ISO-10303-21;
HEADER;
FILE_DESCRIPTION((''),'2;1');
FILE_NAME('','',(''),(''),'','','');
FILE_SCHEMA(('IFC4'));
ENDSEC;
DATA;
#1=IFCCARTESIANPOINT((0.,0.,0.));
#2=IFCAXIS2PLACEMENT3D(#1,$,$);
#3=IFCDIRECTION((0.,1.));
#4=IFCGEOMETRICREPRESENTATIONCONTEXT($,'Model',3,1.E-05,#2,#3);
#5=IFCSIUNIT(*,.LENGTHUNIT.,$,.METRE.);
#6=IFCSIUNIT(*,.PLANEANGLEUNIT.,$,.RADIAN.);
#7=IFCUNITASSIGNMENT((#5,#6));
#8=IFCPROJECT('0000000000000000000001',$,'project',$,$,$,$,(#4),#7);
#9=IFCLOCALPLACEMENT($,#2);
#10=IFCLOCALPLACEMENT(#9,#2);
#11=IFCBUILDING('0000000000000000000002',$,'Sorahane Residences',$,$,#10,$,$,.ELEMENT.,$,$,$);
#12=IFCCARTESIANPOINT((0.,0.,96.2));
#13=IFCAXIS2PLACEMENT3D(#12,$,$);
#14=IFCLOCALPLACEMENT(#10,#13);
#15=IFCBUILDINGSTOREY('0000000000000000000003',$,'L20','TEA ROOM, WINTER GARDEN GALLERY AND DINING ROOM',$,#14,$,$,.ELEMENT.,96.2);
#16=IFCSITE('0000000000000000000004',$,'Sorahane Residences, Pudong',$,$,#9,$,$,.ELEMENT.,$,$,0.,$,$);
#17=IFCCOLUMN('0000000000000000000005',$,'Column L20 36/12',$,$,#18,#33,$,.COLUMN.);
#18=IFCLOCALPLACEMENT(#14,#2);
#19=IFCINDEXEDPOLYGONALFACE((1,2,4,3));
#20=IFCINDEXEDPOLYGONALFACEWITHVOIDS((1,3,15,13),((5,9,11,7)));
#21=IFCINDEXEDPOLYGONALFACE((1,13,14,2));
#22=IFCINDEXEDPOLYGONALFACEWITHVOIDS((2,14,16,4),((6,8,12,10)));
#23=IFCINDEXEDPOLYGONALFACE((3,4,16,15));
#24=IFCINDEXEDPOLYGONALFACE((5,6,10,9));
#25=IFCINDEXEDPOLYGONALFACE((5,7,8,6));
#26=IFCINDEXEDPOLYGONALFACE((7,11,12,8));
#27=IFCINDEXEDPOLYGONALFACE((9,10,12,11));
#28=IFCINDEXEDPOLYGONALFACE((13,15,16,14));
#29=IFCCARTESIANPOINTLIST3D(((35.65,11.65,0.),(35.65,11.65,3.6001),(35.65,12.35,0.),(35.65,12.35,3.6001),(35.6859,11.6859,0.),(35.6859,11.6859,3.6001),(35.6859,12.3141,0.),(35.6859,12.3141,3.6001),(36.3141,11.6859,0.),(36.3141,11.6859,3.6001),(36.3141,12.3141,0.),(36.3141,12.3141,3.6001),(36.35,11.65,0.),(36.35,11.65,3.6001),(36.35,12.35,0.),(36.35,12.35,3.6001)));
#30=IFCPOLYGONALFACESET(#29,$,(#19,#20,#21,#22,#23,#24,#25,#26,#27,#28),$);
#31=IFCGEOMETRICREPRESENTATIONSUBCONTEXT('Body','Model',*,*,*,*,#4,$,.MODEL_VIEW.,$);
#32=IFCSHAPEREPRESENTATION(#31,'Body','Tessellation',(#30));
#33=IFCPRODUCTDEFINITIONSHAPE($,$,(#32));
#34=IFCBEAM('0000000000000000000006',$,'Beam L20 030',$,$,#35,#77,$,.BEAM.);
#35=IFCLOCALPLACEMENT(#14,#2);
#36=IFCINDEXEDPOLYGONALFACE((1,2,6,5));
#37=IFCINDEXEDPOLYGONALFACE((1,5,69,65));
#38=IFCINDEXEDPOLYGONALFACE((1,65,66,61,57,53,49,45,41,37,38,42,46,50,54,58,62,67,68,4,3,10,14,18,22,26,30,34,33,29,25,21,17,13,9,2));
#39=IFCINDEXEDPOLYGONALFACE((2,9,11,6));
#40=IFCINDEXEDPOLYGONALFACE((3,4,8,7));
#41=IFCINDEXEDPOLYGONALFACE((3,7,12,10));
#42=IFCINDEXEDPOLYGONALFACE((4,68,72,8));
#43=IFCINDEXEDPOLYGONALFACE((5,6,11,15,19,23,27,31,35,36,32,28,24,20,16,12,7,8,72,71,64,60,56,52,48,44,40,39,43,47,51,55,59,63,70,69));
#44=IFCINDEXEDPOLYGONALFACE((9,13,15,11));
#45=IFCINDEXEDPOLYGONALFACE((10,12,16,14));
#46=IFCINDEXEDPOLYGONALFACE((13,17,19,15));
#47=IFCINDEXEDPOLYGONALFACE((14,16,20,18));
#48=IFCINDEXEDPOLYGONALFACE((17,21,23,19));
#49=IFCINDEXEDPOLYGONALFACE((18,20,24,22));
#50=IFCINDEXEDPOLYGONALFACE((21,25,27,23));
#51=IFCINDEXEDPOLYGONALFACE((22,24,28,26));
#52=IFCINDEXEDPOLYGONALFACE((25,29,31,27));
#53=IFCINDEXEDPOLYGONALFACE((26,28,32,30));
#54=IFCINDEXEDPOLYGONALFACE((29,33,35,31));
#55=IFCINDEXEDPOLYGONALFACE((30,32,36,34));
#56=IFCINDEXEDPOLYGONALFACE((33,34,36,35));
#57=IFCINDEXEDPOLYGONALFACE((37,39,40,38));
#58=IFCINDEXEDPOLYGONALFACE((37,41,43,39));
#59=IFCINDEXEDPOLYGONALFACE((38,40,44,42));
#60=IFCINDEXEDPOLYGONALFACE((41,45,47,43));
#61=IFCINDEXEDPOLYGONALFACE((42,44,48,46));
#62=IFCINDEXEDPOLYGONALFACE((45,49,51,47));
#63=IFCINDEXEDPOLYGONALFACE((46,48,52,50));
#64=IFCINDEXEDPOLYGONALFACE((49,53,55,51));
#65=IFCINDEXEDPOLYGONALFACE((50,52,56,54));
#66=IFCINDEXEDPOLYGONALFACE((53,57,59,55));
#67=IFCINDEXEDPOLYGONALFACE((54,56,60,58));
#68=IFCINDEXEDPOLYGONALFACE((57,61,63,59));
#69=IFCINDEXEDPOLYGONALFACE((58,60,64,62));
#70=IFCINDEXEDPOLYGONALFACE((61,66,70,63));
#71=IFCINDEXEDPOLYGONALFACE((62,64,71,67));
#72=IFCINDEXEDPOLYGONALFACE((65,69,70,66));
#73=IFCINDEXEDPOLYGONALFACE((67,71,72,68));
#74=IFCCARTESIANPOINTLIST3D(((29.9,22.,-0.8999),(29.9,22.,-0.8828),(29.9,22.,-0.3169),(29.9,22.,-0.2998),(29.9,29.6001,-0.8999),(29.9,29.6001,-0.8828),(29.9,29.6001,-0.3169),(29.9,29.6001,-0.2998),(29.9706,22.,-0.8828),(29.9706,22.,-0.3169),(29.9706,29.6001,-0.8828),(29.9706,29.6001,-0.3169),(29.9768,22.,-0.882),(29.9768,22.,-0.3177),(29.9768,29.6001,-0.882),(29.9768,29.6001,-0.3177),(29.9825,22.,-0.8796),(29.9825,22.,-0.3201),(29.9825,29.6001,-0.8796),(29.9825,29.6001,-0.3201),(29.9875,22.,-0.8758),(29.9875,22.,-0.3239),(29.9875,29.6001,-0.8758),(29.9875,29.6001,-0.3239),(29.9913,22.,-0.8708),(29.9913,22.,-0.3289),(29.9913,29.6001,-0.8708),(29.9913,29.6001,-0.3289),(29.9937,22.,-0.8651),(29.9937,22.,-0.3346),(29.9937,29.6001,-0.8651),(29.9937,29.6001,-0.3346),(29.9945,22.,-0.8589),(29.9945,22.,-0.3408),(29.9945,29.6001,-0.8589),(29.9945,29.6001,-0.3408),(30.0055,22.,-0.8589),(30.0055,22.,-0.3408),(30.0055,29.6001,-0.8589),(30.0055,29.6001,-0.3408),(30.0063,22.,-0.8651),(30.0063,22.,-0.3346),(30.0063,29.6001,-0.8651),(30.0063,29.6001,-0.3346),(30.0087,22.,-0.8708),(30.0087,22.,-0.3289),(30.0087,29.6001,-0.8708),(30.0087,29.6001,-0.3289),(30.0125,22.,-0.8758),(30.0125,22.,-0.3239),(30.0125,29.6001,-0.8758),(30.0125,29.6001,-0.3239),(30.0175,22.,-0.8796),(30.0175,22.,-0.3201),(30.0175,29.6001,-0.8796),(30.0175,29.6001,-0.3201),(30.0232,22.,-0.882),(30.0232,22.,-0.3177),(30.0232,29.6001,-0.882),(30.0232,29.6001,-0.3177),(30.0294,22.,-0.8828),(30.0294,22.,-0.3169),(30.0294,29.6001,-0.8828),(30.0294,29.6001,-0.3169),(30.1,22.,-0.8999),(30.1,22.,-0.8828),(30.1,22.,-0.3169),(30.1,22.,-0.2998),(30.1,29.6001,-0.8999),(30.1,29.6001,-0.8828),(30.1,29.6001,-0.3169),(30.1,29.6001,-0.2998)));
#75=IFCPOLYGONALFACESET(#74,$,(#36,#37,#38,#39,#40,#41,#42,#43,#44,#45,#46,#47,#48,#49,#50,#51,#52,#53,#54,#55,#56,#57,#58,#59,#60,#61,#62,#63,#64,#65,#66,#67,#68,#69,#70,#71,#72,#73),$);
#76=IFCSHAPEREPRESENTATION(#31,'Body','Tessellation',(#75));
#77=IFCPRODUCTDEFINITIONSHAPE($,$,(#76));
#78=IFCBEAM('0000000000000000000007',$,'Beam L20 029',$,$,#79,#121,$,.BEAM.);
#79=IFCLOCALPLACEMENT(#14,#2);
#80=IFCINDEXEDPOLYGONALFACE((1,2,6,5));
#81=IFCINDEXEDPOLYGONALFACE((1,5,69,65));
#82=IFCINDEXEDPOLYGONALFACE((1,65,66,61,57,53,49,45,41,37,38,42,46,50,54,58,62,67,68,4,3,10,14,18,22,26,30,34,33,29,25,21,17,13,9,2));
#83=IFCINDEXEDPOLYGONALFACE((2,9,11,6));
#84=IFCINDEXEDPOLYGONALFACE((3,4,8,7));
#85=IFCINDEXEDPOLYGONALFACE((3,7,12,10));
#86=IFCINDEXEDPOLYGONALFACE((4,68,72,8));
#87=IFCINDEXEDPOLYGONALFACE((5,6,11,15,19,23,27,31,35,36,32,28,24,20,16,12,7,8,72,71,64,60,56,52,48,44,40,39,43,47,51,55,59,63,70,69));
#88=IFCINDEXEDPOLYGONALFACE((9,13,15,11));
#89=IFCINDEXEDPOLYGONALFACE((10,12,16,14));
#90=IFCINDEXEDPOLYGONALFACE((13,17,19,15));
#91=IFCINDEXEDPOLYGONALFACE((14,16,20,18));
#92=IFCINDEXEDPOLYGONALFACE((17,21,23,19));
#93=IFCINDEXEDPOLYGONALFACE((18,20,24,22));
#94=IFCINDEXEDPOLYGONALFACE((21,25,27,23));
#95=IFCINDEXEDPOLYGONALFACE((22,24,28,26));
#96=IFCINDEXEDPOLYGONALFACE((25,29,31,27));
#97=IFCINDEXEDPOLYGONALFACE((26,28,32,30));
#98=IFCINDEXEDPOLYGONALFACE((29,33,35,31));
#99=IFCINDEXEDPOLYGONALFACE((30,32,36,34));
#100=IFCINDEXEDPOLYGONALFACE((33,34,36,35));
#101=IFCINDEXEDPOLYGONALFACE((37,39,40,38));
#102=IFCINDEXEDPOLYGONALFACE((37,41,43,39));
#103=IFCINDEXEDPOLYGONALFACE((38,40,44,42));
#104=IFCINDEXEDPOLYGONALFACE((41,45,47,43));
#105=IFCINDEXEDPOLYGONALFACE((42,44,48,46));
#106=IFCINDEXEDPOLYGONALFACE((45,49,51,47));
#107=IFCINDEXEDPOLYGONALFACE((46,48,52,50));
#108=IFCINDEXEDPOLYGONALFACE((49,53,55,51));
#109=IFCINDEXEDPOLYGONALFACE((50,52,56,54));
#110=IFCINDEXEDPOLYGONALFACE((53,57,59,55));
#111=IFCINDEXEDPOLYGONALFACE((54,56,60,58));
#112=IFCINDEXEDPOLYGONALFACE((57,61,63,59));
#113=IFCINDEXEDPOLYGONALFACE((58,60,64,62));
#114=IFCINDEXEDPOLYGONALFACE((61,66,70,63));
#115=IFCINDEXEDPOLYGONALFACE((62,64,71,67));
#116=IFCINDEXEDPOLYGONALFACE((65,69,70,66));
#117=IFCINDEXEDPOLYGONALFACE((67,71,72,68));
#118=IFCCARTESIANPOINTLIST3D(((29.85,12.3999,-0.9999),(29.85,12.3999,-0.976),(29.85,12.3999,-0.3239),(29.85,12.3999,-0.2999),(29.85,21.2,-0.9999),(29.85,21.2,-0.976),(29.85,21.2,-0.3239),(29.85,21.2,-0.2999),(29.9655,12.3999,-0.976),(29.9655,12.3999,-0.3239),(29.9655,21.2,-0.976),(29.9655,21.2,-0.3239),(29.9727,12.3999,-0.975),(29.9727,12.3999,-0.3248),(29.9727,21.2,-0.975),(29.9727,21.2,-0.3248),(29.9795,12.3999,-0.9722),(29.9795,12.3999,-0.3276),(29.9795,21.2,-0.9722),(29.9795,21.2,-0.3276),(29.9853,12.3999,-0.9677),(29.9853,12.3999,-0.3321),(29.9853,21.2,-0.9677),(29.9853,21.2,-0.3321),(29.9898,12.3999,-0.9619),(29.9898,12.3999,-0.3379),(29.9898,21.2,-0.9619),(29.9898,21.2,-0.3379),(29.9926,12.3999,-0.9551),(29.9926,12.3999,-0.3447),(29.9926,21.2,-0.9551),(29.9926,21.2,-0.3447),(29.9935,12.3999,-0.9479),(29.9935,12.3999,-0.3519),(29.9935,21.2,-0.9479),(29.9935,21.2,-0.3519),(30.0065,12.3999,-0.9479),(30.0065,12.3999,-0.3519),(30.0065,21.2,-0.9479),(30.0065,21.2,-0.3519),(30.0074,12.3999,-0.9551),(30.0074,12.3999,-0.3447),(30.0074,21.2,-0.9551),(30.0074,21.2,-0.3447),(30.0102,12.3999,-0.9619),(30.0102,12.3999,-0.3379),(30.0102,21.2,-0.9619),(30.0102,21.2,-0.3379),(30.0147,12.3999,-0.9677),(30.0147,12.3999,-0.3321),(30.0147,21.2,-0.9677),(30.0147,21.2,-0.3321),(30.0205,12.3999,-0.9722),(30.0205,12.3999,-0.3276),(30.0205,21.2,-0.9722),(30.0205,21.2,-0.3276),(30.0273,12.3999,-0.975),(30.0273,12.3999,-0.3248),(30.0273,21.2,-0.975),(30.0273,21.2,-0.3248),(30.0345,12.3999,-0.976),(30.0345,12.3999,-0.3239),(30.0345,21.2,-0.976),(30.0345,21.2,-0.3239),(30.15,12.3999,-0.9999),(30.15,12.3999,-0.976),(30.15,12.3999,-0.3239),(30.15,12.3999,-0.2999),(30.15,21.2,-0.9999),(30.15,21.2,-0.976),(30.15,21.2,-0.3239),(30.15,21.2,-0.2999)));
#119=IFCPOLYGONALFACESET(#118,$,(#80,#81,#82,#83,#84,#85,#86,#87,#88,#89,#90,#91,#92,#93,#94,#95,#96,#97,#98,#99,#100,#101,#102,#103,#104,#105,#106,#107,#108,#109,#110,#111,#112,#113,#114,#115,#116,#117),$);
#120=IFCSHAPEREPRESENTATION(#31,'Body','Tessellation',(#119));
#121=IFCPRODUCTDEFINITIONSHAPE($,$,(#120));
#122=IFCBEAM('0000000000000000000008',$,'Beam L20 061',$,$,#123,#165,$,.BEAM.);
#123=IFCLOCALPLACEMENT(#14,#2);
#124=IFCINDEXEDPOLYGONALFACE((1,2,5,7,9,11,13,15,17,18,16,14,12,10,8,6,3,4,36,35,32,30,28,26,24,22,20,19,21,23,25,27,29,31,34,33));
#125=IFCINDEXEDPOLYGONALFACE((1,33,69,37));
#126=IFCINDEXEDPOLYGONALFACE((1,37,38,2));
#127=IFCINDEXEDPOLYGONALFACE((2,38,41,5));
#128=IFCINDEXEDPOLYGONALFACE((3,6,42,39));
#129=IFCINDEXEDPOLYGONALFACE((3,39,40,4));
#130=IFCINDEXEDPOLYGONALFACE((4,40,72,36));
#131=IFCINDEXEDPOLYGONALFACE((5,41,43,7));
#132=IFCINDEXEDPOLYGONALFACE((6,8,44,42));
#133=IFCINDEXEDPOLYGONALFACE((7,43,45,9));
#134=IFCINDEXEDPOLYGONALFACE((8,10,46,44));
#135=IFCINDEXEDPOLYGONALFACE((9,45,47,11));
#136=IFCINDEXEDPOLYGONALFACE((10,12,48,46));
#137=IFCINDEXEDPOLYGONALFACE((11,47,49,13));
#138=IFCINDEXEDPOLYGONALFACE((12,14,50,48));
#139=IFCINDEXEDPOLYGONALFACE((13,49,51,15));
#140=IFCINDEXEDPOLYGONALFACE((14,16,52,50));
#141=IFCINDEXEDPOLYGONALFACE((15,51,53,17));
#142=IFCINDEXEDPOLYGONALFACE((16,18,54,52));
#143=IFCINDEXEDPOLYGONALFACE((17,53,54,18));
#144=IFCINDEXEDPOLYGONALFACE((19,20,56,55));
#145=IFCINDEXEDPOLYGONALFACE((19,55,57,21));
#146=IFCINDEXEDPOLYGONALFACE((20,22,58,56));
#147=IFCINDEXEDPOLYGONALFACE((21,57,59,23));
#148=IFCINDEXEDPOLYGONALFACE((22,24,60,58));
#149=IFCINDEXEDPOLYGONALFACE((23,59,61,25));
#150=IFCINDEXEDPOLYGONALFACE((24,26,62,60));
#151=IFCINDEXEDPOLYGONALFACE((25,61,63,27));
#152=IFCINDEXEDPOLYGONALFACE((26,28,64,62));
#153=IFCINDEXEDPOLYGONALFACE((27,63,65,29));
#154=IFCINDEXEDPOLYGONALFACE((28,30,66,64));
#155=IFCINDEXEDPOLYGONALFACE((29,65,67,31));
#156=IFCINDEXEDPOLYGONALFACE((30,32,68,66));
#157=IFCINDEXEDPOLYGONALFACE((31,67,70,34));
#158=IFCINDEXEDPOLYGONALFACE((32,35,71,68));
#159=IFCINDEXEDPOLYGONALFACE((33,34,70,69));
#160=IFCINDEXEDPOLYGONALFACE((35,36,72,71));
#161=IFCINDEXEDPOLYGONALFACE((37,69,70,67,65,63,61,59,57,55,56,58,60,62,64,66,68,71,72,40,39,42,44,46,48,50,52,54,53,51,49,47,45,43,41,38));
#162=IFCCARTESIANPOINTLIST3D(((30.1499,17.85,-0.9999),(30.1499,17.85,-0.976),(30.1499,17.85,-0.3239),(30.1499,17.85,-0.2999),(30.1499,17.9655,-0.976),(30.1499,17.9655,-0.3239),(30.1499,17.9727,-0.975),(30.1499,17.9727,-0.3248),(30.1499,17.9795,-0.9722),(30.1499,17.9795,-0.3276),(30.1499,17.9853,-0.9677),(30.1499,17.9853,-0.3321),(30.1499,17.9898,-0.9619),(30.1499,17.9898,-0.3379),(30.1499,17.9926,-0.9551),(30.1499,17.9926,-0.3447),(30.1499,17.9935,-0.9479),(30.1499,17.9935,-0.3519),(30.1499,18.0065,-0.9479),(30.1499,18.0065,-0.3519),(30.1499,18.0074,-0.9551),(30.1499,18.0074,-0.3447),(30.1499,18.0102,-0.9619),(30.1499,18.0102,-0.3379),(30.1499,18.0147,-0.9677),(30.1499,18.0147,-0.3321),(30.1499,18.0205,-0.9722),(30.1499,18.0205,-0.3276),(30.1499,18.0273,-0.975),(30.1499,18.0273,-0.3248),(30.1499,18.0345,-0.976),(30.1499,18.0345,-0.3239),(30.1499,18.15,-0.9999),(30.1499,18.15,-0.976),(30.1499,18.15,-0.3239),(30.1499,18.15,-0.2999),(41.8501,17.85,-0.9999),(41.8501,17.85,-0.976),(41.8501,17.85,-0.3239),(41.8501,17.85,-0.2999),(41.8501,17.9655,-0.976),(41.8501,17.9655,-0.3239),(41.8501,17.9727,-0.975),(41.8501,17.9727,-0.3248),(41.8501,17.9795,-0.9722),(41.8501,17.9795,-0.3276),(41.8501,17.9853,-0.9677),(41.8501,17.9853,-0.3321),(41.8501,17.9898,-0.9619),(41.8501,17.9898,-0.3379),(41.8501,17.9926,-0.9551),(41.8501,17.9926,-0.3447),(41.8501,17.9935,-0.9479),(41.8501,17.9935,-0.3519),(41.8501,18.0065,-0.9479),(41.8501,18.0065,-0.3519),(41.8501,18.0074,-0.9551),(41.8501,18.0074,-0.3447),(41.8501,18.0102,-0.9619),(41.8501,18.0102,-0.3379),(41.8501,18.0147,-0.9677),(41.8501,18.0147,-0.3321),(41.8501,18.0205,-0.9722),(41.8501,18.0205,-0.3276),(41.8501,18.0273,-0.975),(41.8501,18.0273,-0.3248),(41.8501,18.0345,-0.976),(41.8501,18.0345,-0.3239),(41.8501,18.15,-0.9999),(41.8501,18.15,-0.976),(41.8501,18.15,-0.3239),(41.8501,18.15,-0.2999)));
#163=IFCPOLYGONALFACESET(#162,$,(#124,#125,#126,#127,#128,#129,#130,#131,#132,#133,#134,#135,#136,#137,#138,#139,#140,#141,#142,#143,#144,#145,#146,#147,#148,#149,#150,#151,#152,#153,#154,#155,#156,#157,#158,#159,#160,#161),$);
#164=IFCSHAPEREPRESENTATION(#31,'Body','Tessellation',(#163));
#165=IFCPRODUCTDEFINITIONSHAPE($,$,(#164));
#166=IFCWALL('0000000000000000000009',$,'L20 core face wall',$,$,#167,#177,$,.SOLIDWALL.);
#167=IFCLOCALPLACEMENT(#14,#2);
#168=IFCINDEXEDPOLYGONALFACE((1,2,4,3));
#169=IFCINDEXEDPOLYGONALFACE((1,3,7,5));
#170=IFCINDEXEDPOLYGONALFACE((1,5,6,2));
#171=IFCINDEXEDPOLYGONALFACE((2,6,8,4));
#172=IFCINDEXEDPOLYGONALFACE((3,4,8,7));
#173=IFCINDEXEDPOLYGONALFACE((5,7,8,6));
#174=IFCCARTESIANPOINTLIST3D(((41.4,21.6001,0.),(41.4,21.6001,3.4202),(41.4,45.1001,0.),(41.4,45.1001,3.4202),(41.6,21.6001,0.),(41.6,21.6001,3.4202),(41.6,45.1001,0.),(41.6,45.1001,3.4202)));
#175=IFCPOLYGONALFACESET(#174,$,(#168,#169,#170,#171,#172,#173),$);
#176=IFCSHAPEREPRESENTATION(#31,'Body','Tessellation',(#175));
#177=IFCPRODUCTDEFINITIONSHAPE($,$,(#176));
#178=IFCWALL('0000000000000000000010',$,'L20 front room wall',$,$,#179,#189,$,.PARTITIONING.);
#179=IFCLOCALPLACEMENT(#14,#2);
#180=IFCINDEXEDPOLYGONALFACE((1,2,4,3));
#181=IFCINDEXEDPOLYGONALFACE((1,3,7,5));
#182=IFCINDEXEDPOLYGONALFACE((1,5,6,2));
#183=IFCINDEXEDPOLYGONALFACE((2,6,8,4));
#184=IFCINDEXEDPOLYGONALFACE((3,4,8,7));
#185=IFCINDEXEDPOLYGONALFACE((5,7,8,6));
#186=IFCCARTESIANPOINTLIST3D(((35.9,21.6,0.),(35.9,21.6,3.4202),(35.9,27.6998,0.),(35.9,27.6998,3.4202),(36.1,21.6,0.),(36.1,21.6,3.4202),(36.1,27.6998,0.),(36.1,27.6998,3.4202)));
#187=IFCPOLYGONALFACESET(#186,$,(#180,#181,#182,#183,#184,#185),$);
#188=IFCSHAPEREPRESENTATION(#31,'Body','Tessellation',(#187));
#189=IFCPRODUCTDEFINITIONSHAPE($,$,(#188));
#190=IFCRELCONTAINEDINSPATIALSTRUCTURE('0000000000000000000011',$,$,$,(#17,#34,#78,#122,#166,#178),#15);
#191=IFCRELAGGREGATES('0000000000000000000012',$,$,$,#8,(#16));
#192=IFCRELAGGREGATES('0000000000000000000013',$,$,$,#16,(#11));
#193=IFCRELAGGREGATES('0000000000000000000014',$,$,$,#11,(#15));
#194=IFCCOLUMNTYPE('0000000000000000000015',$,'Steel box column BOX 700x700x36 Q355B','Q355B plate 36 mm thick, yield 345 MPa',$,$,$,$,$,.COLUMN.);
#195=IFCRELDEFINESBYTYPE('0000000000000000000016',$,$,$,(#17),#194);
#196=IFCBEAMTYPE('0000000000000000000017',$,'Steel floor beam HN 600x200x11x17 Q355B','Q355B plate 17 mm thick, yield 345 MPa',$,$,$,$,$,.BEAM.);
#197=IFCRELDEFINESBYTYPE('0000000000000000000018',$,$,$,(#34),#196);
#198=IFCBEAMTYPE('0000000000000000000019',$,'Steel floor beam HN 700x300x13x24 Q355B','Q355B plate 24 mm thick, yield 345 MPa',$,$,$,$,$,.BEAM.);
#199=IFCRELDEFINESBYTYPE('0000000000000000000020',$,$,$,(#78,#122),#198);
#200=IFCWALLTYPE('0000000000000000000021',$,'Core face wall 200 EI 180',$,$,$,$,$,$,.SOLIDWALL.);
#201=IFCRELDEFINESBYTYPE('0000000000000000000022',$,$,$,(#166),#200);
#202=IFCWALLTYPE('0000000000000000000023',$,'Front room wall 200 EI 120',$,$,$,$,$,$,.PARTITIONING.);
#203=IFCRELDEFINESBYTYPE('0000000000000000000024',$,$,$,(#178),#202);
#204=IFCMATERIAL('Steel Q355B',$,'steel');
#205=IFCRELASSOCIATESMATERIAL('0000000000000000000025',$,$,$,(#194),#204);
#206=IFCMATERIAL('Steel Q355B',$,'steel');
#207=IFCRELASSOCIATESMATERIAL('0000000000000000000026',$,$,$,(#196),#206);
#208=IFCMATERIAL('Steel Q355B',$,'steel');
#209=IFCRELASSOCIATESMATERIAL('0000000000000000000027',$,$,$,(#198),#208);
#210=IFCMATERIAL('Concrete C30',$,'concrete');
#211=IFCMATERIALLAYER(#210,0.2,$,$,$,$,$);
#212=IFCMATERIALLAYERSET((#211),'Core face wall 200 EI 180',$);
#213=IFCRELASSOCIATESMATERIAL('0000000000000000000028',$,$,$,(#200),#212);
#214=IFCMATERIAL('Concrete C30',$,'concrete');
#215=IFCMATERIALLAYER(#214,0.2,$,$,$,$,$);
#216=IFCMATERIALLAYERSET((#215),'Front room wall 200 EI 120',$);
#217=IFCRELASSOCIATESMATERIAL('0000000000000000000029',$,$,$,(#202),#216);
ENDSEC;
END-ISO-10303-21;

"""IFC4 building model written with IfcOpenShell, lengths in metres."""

from ifc_helpers import new_model, si_unit, direction, frame, frame_2d, origin, origin_2d, place, context, subcontext, project, spatial, rectangle, hollow_rectangle, i_section, extrude, material, layer, layer_set, material_profile, profile_set, type_object, element, save


model = new_model("IFC4")

# Units and contexts
model_context = context("Model", 3, precision=1e-05, world=origin(), true_north=direction((0.0, 1.0)))
body_context = subcontext(model_context, "Body", "Model", "MODEL_VIEW")
ifc_project = project(units=[si_unit("LENGTHUNIT", "METRE"), si_unit("PLANEANGLEUNIT", "RADIAN")], contexts=[model_context])

# Site, building, storey
site_placement = place(None, origin())
site = spatial("IfcSite", under=ifc_project, at=site_placement, Name="Sorahane Residences, Pudong", CompositionType="ELEMENT", RefElevation=0.0)
building_placement = place(site_placement, origin())
building = spatial("IfcBuilding", under=site, at=building_placement, Name="Sorahane Residences", CompositionType="ELEMENT")
storey_placement = place(building_placement, frame((0.0, 0.0, 96.2)))
storey = spatial("IfcBuildingStorey", under=building, at=storey_placement, Name="L20", Description="TEA ROOM, WINTER GARDEN GALLERY AND DINING ROOM", CompositionType="ELEMENT", Elevation=96.2)

# Column
ifc_material_1 = material(Name="Steel Q355B", Category="steel")
ifc_material_profile_1 = material_profile(ifc_material_1, hollow_rectangle(XDim=0.7, YDim=0.7, WallThickness=0.0359, at=origin_2d()), Name="BOX 700x700x36")
ifc_profile_set_1 = profile_set([ifc_material_profile_1], Name="Steel Q355B")
column_type = type_object("IfcColumnType", Name="Steel box column BOX 700x700x36 Q355B", Description="Q355B plate 36 mm thick, yield 345 MPa", PredefinedType="COLUMN", material=ifc_profile_set_1)
column_placement = place(storey_placement, frame((36.0, 12.0, 0.0), z_axis=(0.0, 0.0, 1.0), x_axis=(1.0, 0.0, 0.0)))
element("IfcColumn", 1, at=column_placement, inside=storey, type_object=column_type, Name="Column L20 36/12", PredefinedType="COLUMN", context=body_context, shape_type="SweptSolid", body=[
    extrude(hollow_rectangle(XDim=0.7, YDim=0.7, WallThickness=0.0359, at=origin_2d()), origin(), (0.0, 0.0, 1.0), 3.6001),
])

# Beams
ifc_material_2 = material(Name="Steel Q355B", Category="steel")
ifc_material_profile_2 = material_profile(ifc_material_2, i_section(OverallWidth=0.2, OverallDepth=0.6001, WebThickness=0.011, FlangeThickness=0.0171, FilletRadius=0.0239, at=origin_2d()), Name="HN 600x200x11x17")
ifc_profile_set_2 = profile_set([ifc_material_profile_2], Name="Steel Q355B")
beam_type_1 = type_object("IfcBeamType", Name="Steel floor beam HN 600x200x11x17 Q355B", Description="Q355B plate 17 mm thick, yield 345 MPa", PredefinedType="BEAM", material=ifc_profile_set_2)
beam_1_placement = place(storey_placement, frame((30.0, 22.0, -0.5999), z_axis=(0.0, 1.0, 0.0), x_axis=(-1.0, 0.0, 0.0)))
element("IfcBeam", 2, at=beam_1_placement, inside=storey, type_object=beam_type_1, Name="Beam L20 030", PredefinedType="BEAM", context=body_context, shape_type="SweptSolid", body=[
    extrude(i_section(OverallWidth=0.2, OverallDepth=0.6001, WebThickness=0.011, FlangeThickness=0.0171, FilletRadius=0.0239, at=origin_2d()), origin(), (0.0, 0.0, 1.0), 7.6001),
])
ifc_material_3 = material(Name="Steel Q355B", Category="steel")
ifc_material_profile_3 = material_profile(ifc_material_3, i_section(OverallWidth=0.3, OverallDepth=0.7, WebThickness=0.0129, FlangeThickness=0.0239, FilletRadius=0.0281, at=origin_2d()), Name="HN 700x300x13x24")
ifc_profile_set_3 = profile_set([ifc_material_profile_3], Name="Steel Q355B")
beam_type_2 = type_object("IfcBeamType", Name="Steel floor beam HN 700x300x13x24 Q355B", Description="Q355B plate 24 mm thick, yield 345 MPa", PredefinedType="BEAM", material=ifc_profile_set_3)
beam_2_placement = place(storey_placement, frame((30.0, 12.3999, -0.6499), z_axis=(0.0, 1.0, 0.0), x_axis=(-1.0, 0.0, 0.0)))
element("IfcBeam", 3, at=beam_2_placement, inside=storey, type_object=beam_type_2, Name="Beam L20 029", PredefinedType="BEAM", context=body_context, shape_type="SweptSolid", body=[
    extrude(i_section(OverallWidth=0.3, OverallDepth=0.7, WebThickness=0.0129, FlangeThickness=0.0239, FilletRadius=0.0281, at=origin_2d()), origin(), (0.0, 0.0, 1.0), 8.8),
])
beam_3_placement = place(storey_placement, frame((30.1499, 18.0, -0.6499), z_axis=(1.0, 0.0, 0.0), x_axis=(0.0, 1.0, 0.0)))
element("IfcBeam", 4, at=beam_3_placement, inside=storey, type_object=beam_type_2, Name="Beam L20 061", PredefinedType="BEAM", context=body_context, shape_type="SweptSolid", body=[
    extrude(i_section(OverallWidth=0.3, OverallDepth=0.7, WebThickness=0.0129, FlangeThickness=0.0239, FilletRadius=0.0281, at=origin_2d()), origin(), (0.0, 0.0, 1.0), 11.7002),
])

# Walls
ifc_material_4 = material(Name="Concrete C30", Category="concrete")
ifc_layer_1 = layer(ifc_material_4, 0.2)
ifc_layer_set_1 = layer_set([ifc_layer_1], Name="Core face wall 200 EI 180")
wall_type_1 = type_object("IfcWallType", Name="Core face wall 200 EI 180", PredefinedType="SOLIDWALL", material=ifc_layer_set_1)
wall_1_placement = place(storey_placement, frame((41.5, 21.6001, 0.0), z_axis=(0.0, 0.0, 1.0), x_axis=(0.0, 1.0, 0.0)))
element("IfcWall", 5, at=wall_1_placement, inside=storey, type_object=wall_type_1, Name="L20 core face wall", PredefinedType="SOLIDWALL", context=body_context, shape_type="SweptSolid", body=[
    extrude(rectangle(XDim=23.5, YDim=0.2, at=frame_2d((11.75, 0.0))), origin(), (0.0, 0.0, 1.0), 3.4202),
])
ifc_material_5 = material(Name="Concrete C30", Category="concrete")
ifc_layer_2 = layer(ifc_material_5, 0.2)
ifc_layer_set_2 = layer_set([ifc_layer_2], Name="Front room wall 200 EI 120")
wall_type_2 = type_object("IfcWallType", Name="Front room wall 200 EI 120", PredefinedType="PARTITIONING", material=ifc_layer_set_2)
wall_2_placement = place(storey_placement, frame((36.0, 21.6001, 0.0), z_axis=(0.0, 0.0, 1.0), x_axis=(0.0, 1.0, 0.0)))
element("IfcWall", 6, at=wall_2_placement, inside=storey, type_object=wall_type_2, Name="L20 front room wall", PredefinedType="PARTITIONING", context=body_context, shape_type="SweptSolid", body=[
    extrude(rectangle(XDim=6.0999, YDim=0.2, at=frame_2d((3.0498, 0.0))), origin(), (0.0, 0.0, 1.0), 3.4202),
])

save(model, "model.ifc")
